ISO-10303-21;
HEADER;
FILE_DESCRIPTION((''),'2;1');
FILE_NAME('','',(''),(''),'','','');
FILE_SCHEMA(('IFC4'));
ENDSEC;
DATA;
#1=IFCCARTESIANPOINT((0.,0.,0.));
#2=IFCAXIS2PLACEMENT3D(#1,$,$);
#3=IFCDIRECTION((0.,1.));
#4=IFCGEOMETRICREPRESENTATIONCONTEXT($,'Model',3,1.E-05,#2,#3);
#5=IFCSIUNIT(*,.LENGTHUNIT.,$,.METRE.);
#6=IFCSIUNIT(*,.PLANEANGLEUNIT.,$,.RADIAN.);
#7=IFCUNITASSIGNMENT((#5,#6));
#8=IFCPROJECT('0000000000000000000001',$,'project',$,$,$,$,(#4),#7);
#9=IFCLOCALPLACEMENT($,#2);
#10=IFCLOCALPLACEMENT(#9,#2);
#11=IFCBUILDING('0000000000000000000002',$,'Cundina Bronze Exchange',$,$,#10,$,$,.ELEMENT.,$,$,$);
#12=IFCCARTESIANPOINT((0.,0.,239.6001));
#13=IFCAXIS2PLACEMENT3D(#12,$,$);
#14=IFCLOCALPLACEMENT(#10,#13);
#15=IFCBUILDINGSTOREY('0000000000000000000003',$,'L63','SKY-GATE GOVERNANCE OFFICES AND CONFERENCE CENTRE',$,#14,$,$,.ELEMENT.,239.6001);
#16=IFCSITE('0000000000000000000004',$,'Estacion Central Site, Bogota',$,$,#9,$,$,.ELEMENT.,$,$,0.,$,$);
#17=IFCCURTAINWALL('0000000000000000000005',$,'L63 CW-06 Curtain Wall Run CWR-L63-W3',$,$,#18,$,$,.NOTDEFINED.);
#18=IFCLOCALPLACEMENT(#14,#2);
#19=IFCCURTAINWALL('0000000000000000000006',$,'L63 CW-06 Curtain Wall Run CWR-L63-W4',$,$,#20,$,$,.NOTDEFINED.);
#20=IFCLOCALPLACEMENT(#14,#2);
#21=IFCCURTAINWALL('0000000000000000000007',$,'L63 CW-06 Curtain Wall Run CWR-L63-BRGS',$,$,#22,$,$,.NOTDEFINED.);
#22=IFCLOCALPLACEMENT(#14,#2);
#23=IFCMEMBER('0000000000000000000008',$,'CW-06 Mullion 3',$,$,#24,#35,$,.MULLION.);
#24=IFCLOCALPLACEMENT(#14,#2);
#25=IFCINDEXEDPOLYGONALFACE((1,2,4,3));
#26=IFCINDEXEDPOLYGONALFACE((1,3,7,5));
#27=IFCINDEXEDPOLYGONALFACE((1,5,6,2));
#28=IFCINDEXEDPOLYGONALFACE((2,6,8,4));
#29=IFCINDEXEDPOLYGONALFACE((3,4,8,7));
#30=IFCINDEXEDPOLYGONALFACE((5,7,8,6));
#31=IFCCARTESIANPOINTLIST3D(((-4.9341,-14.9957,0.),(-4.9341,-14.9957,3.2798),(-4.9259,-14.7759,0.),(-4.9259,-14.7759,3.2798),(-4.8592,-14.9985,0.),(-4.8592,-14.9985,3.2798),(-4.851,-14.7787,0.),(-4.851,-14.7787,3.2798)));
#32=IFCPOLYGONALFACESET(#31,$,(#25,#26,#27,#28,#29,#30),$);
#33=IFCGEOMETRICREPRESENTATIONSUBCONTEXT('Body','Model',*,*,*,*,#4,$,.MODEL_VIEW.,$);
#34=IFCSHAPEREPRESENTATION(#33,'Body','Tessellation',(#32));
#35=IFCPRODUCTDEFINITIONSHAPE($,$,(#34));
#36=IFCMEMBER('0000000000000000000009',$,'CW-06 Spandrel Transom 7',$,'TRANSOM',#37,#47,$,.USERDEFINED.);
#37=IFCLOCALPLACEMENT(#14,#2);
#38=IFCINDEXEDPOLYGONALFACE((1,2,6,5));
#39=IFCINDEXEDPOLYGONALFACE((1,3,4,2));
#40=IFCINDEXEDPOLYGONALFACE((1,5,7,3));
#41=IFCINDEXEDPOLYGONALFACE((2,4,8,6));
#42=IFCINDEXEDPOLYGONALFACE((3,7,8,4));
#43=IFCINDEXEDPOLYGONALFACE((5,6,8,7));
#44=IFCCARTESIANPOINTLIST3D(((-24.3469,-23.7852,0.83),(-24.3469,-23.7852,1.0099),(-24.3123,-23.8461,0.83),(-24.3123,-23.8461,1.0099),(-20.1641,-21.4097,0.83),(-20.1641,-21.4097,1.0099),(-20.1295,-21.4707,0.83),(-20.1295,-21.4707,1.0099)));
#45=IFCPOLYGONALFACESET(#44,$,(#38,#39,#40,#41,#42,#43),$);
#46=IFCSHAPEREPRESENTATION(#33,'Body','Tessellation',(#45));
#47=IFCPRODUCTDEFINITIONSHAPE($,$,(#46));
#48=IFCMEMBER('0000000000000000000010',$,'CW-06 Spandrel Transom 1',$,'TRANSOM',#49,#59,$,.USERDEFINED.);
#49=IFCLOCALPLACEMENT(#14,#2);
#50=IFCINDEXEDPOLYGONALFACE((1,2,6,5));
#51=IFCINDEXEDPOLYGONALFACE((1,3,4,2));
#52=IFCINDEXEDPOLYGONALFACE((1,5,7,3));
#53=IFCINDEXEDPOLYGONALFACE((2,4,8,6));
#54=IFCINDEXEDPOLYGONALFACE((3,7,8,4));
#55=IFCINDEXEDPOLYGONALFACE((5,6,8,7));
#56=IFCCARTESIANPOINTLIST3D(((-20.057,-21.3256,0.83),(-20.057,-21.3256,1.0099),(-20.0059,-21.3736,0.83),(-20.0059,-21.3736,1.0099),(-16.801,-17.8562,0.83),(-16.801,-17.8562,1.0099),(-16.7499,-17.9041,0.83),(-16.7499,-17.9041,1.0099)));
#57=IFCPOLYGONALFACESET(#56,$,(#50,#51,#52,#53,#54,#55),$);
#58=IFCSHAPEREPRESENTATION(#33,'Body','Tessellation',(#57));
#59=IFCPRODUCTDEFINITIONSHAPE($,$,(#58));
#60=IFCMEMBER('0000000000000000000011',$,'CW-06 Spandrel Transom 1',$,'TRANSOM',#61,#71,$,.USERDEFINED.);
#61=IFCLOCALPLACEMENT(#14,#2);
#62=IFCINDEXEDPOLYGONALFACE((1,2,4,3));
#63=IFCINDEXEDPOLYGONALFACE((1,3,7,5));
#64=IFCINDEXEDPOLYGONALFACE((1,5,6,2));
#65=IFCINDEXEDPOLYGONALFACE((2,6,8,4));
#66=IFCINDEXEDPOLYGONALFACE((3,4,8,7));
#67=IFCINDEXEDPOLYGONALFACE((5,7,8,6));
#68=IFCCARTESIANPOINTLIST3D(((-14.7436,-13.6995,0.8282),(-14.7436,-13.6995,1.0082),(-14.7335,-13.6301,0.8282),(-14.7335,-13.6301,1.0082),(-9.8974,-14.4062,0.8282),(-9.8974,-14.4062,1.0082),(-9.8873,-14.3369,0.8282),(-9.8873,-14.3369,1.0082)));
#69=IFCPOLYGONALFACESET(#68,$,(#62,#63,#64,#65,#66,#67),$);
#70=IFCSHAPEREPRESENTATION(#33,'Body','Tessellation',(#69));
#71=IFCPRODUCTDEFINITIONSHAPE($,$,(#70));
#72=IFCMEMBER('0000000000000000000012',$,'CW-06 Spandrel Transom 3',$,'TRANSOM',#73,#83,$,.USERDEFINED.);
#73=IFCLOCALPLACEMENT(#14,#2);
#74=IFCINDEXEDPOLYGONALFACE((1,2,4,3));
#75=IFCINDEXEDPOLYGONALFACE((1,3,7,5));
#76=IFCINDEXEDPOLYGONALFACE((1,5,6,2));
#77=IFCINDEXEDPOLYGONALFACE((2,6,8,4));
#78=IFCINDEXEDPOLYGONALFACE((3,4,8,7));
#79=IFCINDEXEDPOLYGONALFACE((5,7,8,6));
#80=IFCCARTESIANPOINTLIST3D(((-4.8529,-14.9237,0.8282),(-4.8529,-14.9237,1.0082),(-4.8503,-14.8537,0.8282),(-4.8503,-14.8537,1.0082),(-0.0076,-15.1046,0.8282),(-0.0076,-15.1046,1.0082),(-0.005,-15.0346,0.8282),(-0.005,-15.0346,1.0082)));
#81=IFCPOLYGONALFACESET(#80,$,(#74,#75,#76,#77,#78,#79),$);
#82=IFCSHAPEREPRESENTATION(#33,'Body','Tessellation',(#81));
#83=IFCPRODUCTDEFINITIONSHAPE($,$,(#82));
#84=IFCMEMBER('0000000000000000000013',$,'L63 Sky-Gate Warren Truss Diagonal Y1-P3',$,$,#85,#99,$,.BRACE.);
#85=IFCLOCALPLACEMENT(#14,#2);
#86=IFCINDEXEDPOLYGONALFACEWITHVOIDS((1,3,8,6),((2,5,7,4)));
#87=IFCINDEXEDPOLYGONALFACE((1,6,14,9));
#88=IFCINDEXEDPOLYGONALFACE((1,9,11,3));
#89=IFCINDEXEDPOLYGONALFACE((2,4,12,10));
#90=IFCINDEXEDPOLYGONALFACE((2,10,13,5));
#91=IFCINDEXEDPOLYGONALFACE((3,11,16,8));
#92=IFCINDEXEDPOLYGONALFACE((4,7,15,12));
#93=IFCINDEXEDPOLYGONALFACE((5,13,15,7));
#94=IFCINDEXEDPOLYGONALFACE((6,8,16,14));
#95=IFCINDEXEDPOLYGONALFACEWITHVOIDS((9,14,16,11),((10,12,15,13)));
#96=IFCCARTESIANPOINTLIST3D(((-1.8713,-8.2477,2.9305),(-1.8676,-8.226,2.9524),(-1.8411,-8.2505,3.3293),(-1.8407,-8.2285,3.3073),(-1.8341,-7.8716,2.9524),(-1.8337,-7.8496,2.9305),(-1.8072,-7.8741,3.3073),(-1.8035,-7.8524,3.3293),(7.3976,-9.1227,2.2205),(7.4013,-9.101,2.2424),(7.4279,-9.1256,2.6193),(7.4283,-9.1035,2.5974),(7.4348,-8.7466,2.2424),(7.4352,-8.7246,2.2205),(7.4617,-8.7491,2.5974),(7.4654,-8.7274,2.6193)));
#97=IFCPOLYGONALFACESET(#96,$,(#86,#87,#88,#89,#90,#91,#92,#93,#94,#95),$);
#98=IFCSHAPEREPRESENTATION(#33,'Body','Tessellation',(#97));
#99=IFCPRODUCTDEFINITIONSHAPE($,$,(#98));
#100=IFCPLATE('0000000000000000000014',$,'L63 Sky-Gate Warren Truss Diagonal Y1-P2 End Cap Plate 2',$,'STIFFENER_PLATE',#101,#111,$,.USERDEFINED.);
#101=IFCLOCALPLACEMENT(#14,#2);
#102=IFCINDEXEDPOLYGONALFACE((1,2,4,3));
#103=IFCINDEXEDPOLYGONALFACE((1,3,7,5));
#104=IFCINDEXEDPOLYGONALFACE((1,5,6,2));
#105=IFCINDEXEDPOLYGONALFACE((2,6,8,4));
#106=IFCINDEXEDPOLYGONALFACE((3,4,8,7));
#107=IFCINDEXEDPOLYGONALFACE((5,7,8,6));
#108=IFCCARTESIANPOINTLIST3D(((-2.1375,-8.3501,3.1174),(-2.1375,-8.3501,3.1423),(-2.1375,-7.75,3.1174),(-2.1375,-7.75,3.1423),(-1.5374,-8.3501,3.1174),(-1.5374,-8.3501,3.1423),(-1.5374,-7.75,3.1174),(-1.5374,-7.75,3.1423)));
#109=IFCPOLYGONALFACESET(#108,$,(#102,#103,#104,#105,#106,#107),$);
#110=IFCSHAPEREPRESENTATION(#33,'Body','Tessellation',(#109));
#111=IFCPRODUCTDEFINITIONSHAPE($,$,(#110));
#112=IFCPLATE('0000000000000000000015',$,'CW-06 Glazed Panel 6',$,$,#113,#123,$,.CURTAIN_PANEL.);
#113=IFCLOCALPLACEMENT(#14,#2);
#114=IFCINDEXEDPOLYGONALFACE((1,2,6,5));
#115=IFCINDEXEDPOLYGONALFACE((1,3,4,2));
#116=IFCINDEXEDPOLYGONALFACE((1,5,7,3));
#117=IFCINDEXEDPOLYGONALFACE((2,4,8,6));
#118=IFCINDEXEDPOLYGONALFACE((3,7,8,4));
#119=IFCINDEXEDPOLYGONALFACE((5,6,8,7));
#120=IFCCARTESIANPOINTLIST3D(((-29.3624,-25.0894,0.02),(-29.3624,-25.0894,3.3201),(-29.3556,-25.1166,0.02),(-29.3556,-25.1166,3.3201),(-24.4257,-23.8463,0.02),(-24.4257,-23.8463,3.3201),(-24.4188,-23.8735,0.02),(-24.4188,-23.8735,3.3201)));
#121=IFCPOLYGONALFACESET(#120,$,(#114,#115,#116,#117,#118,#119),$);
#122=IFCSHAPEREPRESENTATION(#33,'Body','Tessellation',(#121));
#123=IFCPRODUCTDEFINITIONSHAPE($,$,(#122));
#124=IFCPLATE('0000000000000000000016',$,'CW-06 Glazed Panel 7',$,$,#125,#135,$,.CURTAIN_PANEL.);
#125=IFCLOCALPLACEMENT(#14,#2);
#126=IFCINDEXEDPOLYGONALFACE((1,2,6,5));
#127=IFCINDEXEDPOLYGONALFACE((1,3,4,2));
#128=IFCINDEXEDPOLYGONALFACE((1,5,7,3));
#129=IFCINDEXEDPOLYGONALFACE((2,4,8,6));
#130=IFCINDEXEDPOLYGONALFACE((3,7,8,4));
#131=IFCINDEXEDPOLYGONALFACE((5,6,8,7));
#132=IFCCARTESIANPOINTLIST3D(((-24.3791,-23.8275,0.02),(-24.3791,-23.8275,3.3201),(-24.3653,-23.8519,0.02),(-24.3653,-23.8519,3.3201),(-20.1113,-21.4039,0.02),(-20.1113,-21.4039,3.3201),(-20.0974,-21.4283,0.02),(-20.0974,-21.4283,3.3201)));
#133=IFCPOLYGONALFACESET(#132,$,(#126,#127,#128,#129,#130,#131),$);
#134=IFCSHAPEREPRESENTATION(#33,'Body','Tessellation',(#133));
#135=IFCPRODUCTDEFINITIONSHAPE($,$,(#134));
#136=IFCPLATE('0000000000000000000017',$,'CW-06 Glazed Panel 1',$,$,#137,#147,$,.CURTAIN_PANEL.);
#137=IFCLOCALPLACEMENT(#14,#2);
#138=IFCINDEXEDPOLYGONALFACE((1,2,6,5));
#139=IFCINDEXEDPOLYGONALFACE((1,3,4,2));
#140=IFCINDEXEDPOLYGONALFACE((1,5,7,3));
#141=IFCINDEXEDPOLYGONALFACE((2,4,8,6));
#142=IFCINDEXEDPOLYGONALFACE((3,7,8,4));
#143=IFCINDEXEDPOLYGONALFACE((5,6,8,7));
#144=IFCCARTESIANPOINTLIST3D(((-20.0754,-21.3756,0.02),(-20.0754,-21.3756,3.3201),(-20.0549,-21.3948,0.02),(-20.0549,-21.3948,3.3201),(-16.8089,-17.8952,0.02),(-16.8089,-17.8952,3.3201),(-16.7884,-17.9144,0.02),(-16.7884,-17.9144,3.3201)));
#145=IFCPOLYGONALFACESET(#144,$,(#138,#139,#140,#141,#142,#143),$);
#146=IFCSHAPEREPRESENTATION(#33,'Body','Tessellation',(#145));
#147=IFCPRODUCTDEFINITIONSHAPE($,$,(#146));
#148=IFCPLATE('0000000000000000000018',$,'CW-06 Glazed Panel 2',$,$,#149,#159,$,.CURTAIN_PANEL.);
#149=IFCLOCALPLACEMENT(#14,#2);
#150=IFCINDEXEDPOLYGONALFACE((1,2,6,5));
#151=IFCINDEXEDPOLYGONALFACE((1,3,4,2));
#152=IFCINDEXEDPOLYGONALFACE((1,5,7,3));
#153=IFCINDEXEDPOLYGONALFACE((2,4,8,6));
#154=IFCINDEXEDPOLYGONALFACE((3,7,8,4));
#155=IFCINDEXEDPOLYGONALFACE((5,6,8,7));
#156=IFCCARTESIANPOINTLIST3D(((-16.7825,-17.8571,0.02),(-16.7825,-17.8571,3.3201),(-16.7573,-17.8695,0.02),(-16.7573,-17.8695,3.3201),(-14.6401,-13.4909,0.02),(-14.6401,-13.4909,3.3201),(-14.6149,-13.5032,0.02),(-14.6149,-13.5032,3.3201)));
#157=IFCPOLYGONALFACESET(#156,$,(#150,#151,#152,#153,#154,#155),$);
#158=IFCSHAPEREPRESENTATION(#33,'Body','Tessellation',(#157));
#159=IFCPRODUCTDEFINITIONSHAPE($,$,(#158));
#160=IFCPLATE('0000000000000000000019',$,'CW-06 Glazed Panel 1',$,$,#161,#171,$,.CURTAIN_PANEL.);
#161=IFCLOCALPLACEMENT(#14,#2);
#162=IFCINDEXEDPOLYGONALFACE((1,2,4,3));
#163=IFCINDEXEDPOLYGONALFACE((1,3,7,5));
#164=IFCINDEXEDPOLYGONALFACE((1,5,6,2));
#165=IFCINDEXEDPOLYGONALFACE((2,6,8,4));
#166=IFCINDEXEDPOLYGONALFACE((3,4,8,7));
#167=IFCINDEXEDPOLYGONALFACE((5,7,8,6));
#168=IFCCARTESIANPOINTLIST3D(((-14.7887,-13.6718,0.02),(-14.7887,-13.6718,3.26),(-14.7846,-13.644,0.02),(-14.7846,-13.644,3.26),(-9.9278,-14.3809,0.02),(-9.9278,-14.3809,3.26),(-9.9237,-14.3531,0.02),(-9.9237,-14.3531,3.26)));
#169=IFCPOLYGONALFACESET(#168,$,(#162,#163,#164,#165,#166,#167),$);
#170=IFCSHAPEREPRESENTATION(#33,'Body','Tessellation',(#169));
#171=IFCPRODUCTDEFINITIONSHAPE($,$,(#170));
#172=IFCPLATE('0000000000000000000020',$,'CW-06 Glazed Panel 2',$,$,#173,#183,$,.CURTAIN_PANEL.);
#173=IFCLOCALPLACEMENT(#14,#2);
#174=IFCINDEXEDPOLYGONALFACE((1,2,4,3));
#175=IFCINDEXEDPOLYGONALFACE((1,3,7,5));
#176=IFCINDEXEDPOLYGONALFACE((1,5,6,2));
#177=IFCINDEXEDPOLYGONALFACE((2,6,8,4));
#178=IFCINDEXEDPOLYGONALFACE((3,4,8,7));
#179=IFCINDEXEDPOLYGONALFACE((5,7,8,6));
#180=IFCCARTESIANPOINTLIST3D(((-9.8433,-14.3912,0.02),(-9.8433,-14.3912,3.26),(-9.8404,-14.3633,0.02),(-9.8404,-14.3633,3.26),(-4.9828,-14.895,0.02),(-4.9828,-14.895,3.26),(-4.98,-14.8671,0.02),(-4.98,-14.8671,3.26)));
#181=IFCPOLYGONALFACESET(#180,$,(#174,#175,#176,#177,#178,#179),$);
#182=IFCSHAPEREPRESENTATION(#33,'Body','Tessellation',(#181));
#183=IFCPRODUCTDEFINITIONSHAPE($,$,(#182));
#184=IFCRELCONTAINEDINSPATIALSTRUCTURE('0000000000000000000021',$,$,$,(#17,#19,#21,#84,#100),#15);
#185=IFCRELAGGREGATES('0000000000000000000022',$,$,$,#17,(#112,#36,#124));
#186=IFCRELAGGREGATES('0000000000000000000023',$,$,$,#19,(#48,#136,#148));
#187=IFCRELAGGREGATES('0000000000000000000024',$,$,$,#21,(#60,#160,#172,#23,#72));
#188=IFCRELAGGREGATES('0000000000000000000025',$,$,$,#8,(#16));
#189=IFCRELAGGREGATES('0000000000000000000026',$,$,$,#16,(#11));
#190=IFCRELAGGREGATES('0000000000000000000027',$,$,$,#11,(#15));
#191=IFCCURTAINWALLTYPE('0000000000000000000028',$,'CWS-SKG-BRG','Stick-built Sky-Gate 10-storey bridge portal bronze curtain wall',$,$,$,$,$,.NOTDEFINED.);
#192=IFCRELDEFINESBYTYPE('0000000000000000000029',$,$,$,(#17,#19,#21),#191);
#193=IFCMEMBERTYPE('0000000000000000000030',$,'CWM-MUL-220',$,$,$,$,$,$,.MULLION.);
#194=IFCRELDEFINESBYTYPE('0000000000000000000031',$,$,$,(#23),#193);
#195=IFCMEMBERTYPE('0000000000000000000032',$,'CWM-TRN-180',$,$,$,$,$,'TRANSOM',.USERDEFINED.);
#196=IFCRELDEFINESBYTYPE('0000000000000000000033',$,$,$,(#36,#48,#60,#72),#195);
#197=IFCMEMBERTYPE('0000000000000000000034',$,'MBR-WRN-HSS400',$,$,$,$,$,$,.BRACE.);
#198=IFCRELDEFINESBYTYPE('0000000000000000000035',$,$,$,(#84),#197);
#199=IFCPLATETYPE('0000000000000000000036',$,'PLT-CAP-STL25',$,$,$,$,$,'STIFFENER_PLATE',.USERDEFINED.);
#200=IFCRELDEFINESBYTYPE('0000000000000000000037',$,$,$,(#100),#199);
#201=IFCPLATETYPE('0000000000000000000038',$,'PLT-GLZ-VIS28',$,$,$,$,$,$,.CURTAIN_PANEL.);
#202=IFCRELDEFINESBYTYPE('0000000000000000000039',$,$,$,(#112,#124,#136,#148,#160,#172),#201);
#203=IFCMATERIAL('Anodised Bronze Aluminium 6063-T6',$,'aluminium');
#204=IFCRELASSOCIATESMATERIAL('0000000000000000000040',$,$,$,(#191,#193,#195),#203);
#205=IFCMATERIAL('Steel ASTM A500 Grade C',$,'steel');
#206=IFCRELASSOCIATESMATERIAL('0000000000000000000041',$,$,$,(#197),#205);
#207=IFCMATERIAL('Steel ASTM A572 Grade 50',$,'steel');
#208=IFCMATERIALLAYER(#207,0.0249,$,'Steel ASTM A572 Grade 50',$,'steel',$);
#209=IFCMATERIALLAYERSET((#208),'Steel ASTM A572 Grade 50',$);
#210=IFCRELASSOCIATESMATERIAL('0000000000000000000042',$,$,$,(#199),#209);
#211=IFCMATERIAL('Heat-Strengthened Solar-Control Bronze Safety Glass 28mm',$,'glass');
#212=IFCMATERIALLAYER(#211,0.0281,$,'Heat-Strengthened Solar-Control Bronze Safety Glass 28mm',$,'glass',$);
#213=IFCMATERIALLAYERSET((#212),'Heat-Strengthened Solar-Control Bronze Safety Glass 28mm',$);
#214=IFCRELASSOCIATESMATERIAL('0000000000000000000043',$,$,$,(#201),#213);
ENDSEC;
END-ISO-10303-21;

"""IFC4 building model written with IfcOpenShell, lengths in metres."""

from ifc_helpers import new_model, si_unit, direction, frame, origin, origin_2d, place, context, subcontext, project, spatial, rectangle, hollow_rectangle, extrude, material, layer, layer_set, material_profile, profile_set, type_object, element, aggregate, save


model = new_model("IFC4")

# Units and contexts
model_context = context("Model", 3, precision=1e-05, world=origin(), true_north=direction((0.0, 1.0)))
body_context = subcontext(model_context, "Body", "Model", "MODEL_VIEW")
ifc_project = project(units=[si_unit("LENGTHUNIT", "METRE"), si_unit("PLANEANGLEUNIT", "RADIAN")], contexts=[model_context])

# Site, building, storey
site_placement = place(None, origin())
site = spatial("IfcSite", under=ifc_project, at=site_placement, Name="Estacion Central Site, Bogota", CompositionType="ELEMENT", RefElevation=0.0)
building_placement = place(site_placement, origin())
building = spatial("IfcBuilding", under=site, at=building_placement, Name="Cundina Bronze Exchange", CompositionType="ELEMENT")
storey_placement = place(building_placement, frame((0.0, 0.0, 239.6001)))
storey = spatial("IfcBuildingStorey", under=building, at=storey_placement, Name="L63", Description="SKY-GATE GOVERNANCE OFFICES AND CONFERENCE CENTRE", CompositionType="ELEMENT", Elevation=239.6001)

# Curtain walls, member
ifc_material_1 = material(Name="Anodised Bronze Aluminium 6063-T6", Category="aluminium")
curtain_wall_type = type_object("IfcCurtainWallType", Name="CWS-SKG-BRG", Description="Stick-built Sky-Gate 10-storey bridge portal bronze curtain wall", PredefinedType="NOTDEFINED", material=ifc_material_1)
curtain_wall_1_placement = place(storey_placement, origin())
curtain_wall_1 = element("IfcCurtainWall", 1, at=curtain_wall_1_placement, inside=storey, type_object=curtain_wall_type, Name="L63 CW-06 Curtain Wall Run CWR-L63-W3", PredefinedType="NOTDEFINED")
ifc_material_profile_1 = material_profile(ifc_material_1, rectangle(XDim=0.075, YDim=0.22, at=origin_2d()), Name="AL75X220", Category="aluminium")
ifc_profile_set_1 = profile_set([ifc_material_profile_1], Name="Anodised Bronze Aluminium 6063-T6")
member_type_1 = type_object("IfcMemberType", Name="CWM-MUL-220", PredefinedType="MULLION", material=ifc_profile_set_1)
curtain_wall_2_placement = place(storey_placement, origin())
curtain_wall_2 = element("IfcCurtainWall", 2, at=curtain_wall_2_placement, inside=storey, type_object=curtain_wall_type, Name="L63 CW-06 Curtain Wall Run CWR-L63-W4", PredefinedType="NOTDEFINED")
curtain_wall_3_placement = place(storey_placement, origin())
curtain_wall_3 = element("IfcCurtainWall", 3, at=curtain_wall_3_placement, inside=storey, type_object=curtain_wall_type, Name="L63 CW-06 Curtain Wall Run CWR-L63-BRGS", PredefinedType="NOTDEFINED")
member_1_placement = place(storey_placement, frame((-4.8926, -14.8872, 0.0), z_axis=(0.0, 0.0, 1.0), x_axis=(0.999303, -0.037341, 0.0)))
member_1 = element("IfcMember", 4, at=member_1_placement, type_object=member_type_1, Name="CW-06 Mullion 3", PredefinedType="MULLION", context=body_context, shape_type="SweptSolid", body=[
    extrude(rectangle(XDim=0.075, YDim=0.22, at=origin_2d()), origin(), (0.0, 0.0, 1.0), 3.2798),
])

# Members
ifc_material_profile_2 = material_profile(ifc_material_1, rectangle(XDim=0.0701, YDim=0.1799, at=origin_2d()), Name="AL70X180", Category="aluminium")
ifc_profile_set_2 = profile_set([ifc_material_profile_2], Name="Anodised Bronze Aluminium 6063-T6")
member_type_2 = type_object("IfcMemberType", Name="CWM-TRN-180", ElementType="TRANSOM", PredefinedType="USERDEFINED", material=ifc_profile_set_2)
member_2_placement = place(storey_placement, frame((-24.3296, -23.8157, 0.9199), z_axis=(0.869558, 0.493831, 0.0), x_axis=(-0.493831, 0.869558, 0.0)))
member_2 = element("IfcMember", 5, at=member_2_placement, type_object=member_type_2, Name="CW-06 Spandrel Transom 7", ObjectType="TRANSOM", PredefinedType="USERDEFINED", context=body_context, shape_type="SweptSolid", body=[
    extrude(rectangle(XDim=0.0701, YDim=0.1799, at=origin_2d()), origin(), (0.0, 0.0, 1.0), 4.8103),
])
member_3_placement = place(storey_placement, frame((-20.0315, -21.3496, 0.9199), z_axis=(0.684328, 0.729174, 0.0), x_axis=(-0.729174, 0.684328, 0.0)))
member_3 = element("IfcMember", 6, at=member_3_placement, type_object=member_type_2, Name="CW-06 Spandrel Transom 1", ObjectType="TRANSOM", PredefinedType="USERDEFINED", context=body_context, shape_type="SweptSolid", body=[
    extrude(rectangle(XDim=0.0701, YDim=0.1799, at=origin_2d()), origin(), (0.0, 0.0, 1.0), 4.7581),
])
member_4_placement = place(storey_placement, frame((-14.7385, -13.6648, 0.9182), z_axis=(0.989531, -0.144317, 0.0), x_axis=(0.144317, 0.989531, 0.0)))
member_4 = element("IfcMember", 7, at=member_4_placement, type_object=member_type_2, Name="CW-06 Spandrel Transom 1", ObjectType="TRANSOM", PredefinedType="USERDEFINED", context=body_context, shape_type="SweptSolid", body=[
    extrude(rectangle(XDim=0.0701, YDim=0.1799, at=origin_2d()), origin(), (0.0, 0.0, 1.0), 4.8975),
])
member_5_placement = place(storey_placement, frame((-4.8516, -14.8887, 0.9182), z_axis=(0.999304, -0.037312, 0.0), x_axis=(0.037312, 0.999304, 0.0)))
member_5 = element("IfcMember", 8, at=member_5_placement, type_object=member_type_2, Name="CW-06 Spandrel Transom 3", ObjectType="TRANSOM", PredefinedType="USERDEFINED", context=body_context, shape_type="SweptSolid", body=[
    extrude(rectangle(XDim=0.0701, YDim=0.1799, at=origin_2d()), origin(), (0.0, 0.0, 1.0), 4.8486),
])
ifc_material_2 = material(Name="Steel ASTM A500 Grade C", Category="steel")
ifc_material_profile_3 = material_profile(ifc_material_2, hollow_rectangle(XDim=0.3999, YDim=0.3999, WallThickness=0.022, at=origin_2d()), Name="HSS400X400X22", Category="steel")
ifc_profile_set_3 = profile_set([ifc_material_profile_3], Name="Steel ASTM A500 Grade C")
member_type_3 = type_object("IfcMemberType", Name="MBR-WRN-HSS400", PredefinedType="BRACE", material=ifc_profile_set_3)
member_6_placement = place(storey_placement, frame((-1.8374, -8.05, 3.1299), z_axis=(0.992691, -0.093713, -0.076037), x_axis=(0.093985, 0.995574, 0.0)))
element("IfcMember", 9, at=member_6_placement, inside=storey, type_object=member_type_3, Name="L63 Sky-Gate Warren Truss Diagonal Y1-P3", PredefinedType="BRACE", context=body_context, shape_type="SweptSolid", body=[
    extrude(hollow_rectangle(XDim=0.3999, YDim=0.3999, WallThickness=0.022, at=origin_2d()), origin(), (0.0, 0.0, 1.0), 9.3372),
])

# Plates
ifc_material_3 = material(Name="Steel ASTM A572 Grade 50", Category="steel")
ifc_layer_1 = layer(ifc_material_3, 0.0249, Name="Steel ASTM A572 Grade 50", Category="steel")
ifc_layer_set_1 = layer_set([ifc_layer_1], Name="Steel ASTM A572 Grade 50")
plate_type_1 = type_object("IfcPlateType", Name="PLT-CAP-STL25", ElementType="STIFFENER_PLATE", PredefinedType="USERDEFINED", material=ifc_layer_set_1)
plate_1_placement = place(storey_placement, frame((-1.8374, -8.05, 3.1174), z_axis=(0.0, 0.0, 1.0), x_axis=(1.0, 0.0, 0.0)))
element("IfcPlate", 10, at=plate_1_placement, inside=storey, type_object=plate_type_1, Name="L63 Sky-Gate Warren Truss Diagonal Y1-P2 End Cap Plate 2", ObjectType="STIFFENER_PLATE", PredefinedType="USERDEFINED", context=body_context, shape_type="SweptSolid", body=[
    extrude(rectangle(XDim=0.6001, YDim=0.6001, at=origin_2d()), origin(), (0.0, 0.0, 1.0), 0.0249),
])
ifc_material_4 = material(Name="Heat-Strengthened Solar-Control Bronze Safety Glass 28mm", Category="glass")
ifc_layer_2 = layer(ifc_material_4, 0.0281, Name="Heat-Strengthened Solar-Control Bronze Safety Glass 28mm", Category="glass")
ifc_layer_set_2 = layer_set([ifc_layer_2], Name="Heat-Strengthened Solar-Control Bronze Safety Glass 28mm")
plate_type_2 = type_object("IfcPlateType", Name="PLT-GLZ-VIS28", PredefinedType="CURTAIN_PANEL", material=ifc_layer_set_2)
plate_2_placement = place(storey_placement, frame((-26.8906, -24.4814, 0.02), z_axis=(0.0, 0.0, 1.0), x_axis=(0.969732, 0.244174, 0.0)))
plate_2 = element("IfcPlate", 11, at=plate_2_placement, type_object=plate_type_2, Name="CW-06 Glazed Panel 6", PredefinedType="CURTAIN_PANEL", context=body_context, shape_type="SweptSolid", body=[
    extrude(rectangle(XDim=5.0908, YDim=0.0281, at=origin_2d()), origin(), (0.0, 0.0, 1.0), 3.3),
])
plate_3_placement = place(storey_placement, frame((-22.2383, -22.6279, 0.02), z_axis=(0.0, 0.0, 1.0), x_axis=(0.869573, 0.493805, 0.0)))
plate_3 = element("IfcPlate", 12, at=plate_3_placement, type_object=plate_type_2, Name="CW-06 Glazed Panel 7", PredefinedType="CURTAIN_PANEL", context=body_context, shape_type="SweptSolid", body=[
    extrude(rectangle(XDim=4.908, YDim=0.0281, at=origin_2d()), origin(), (0.0, 0.0, 1.0), 3.3),
])
aggregate(curtain_wall_1, [plate_2, member_2, plate_3])
plate_4_placement = place(storey_placement, frame((-18.4319, -19.645, 0.02), z_axis=(0.0, 0.0, 1.0), x_axis=(0.684344, 0.72916, 0.0)))
plate_4 = element("IfcPlate", 13, at=plate_4_placement, type_object=plate_type_2, Name="CW-06 Glazed Panel 1", PredefinedType="CURTAIN_PANEL", context=body_context, shape_type="SweptSolid", body=[
    extrude(rectangle(XDim=4.7732, YDim=0.0281, at=origin_2d()), origin(), (0.0, 0.0, 1.0), 3.3),
])
plate_5_placement = place(storey_placement, frame((-15.6987, -15.6802, 0.02), z_axis=(0.0, 0.0, 1.0), x_axis=(0.440503, 0.897751, 0.0)))
plate_5 = element("IfcPlate", 14, at=plate_5_placement, type_object=plate_type_2, Name="CW-06 Glazed Panel 2", PredefinedType="CURTAIN_PANEL", context=body_context, shape_type="SweptSolid", body=[
    extrude(rectangle(XDim=4.8635, YDim=0.0281, at=origin_2d()), origin(), (0.0, 0.0, 1.0), 3.3),
])
aggregate(curtain_wall_2, [member_3, plate_4, plate_5])
plate_6_placement = place(storey_placement, frame((-12.3562, -14.0125, 0.02), z_axis=(0.0, 0.0, 1.0), x_axis=(0.989528, -0.144339, 0.0)))
plate_6 = element("IfcPlate", 15, at=plate_6_placement, type_object=plate_type_2, Name="CW-06 Glazed Panel 1", PredefinedType="CURTAIN_PANEL", context=body_context, shape_type="SweptSolid", body=[
    extrude(rectangle(XDim=4.9124, YDim=0.0281, at=origin_2d()), origin(), (0.0, 0.0, 1.0), 3.24),
])
plate_7_placement = place(storey_placement, frame((-7.4116, -14.6292, 0.02), z_axis=(0.0, 0.0, 1.0), x_axis=(0.994672, -0.103088, 0.0)))
plate_7 = element("IfcPlate", 16, at=plate_7_placement, type_object=plate_type_2, Name="CW-06 Glazed Panel 2", PredefinedType="CURTAIN_PANEL", context=body_context, shape_type="SweptSolid", body=[
    extrude(rectangle(XDim=4.8865, YDim=0.0281, at=origin_2d()), origin(), (0.0, 0.0, 1.0), 3.24),
])
aggregate(curtain_wall_3, [member_4, plate_6, plate_7, member_1, member_5])

save(model, "model.ifc")
